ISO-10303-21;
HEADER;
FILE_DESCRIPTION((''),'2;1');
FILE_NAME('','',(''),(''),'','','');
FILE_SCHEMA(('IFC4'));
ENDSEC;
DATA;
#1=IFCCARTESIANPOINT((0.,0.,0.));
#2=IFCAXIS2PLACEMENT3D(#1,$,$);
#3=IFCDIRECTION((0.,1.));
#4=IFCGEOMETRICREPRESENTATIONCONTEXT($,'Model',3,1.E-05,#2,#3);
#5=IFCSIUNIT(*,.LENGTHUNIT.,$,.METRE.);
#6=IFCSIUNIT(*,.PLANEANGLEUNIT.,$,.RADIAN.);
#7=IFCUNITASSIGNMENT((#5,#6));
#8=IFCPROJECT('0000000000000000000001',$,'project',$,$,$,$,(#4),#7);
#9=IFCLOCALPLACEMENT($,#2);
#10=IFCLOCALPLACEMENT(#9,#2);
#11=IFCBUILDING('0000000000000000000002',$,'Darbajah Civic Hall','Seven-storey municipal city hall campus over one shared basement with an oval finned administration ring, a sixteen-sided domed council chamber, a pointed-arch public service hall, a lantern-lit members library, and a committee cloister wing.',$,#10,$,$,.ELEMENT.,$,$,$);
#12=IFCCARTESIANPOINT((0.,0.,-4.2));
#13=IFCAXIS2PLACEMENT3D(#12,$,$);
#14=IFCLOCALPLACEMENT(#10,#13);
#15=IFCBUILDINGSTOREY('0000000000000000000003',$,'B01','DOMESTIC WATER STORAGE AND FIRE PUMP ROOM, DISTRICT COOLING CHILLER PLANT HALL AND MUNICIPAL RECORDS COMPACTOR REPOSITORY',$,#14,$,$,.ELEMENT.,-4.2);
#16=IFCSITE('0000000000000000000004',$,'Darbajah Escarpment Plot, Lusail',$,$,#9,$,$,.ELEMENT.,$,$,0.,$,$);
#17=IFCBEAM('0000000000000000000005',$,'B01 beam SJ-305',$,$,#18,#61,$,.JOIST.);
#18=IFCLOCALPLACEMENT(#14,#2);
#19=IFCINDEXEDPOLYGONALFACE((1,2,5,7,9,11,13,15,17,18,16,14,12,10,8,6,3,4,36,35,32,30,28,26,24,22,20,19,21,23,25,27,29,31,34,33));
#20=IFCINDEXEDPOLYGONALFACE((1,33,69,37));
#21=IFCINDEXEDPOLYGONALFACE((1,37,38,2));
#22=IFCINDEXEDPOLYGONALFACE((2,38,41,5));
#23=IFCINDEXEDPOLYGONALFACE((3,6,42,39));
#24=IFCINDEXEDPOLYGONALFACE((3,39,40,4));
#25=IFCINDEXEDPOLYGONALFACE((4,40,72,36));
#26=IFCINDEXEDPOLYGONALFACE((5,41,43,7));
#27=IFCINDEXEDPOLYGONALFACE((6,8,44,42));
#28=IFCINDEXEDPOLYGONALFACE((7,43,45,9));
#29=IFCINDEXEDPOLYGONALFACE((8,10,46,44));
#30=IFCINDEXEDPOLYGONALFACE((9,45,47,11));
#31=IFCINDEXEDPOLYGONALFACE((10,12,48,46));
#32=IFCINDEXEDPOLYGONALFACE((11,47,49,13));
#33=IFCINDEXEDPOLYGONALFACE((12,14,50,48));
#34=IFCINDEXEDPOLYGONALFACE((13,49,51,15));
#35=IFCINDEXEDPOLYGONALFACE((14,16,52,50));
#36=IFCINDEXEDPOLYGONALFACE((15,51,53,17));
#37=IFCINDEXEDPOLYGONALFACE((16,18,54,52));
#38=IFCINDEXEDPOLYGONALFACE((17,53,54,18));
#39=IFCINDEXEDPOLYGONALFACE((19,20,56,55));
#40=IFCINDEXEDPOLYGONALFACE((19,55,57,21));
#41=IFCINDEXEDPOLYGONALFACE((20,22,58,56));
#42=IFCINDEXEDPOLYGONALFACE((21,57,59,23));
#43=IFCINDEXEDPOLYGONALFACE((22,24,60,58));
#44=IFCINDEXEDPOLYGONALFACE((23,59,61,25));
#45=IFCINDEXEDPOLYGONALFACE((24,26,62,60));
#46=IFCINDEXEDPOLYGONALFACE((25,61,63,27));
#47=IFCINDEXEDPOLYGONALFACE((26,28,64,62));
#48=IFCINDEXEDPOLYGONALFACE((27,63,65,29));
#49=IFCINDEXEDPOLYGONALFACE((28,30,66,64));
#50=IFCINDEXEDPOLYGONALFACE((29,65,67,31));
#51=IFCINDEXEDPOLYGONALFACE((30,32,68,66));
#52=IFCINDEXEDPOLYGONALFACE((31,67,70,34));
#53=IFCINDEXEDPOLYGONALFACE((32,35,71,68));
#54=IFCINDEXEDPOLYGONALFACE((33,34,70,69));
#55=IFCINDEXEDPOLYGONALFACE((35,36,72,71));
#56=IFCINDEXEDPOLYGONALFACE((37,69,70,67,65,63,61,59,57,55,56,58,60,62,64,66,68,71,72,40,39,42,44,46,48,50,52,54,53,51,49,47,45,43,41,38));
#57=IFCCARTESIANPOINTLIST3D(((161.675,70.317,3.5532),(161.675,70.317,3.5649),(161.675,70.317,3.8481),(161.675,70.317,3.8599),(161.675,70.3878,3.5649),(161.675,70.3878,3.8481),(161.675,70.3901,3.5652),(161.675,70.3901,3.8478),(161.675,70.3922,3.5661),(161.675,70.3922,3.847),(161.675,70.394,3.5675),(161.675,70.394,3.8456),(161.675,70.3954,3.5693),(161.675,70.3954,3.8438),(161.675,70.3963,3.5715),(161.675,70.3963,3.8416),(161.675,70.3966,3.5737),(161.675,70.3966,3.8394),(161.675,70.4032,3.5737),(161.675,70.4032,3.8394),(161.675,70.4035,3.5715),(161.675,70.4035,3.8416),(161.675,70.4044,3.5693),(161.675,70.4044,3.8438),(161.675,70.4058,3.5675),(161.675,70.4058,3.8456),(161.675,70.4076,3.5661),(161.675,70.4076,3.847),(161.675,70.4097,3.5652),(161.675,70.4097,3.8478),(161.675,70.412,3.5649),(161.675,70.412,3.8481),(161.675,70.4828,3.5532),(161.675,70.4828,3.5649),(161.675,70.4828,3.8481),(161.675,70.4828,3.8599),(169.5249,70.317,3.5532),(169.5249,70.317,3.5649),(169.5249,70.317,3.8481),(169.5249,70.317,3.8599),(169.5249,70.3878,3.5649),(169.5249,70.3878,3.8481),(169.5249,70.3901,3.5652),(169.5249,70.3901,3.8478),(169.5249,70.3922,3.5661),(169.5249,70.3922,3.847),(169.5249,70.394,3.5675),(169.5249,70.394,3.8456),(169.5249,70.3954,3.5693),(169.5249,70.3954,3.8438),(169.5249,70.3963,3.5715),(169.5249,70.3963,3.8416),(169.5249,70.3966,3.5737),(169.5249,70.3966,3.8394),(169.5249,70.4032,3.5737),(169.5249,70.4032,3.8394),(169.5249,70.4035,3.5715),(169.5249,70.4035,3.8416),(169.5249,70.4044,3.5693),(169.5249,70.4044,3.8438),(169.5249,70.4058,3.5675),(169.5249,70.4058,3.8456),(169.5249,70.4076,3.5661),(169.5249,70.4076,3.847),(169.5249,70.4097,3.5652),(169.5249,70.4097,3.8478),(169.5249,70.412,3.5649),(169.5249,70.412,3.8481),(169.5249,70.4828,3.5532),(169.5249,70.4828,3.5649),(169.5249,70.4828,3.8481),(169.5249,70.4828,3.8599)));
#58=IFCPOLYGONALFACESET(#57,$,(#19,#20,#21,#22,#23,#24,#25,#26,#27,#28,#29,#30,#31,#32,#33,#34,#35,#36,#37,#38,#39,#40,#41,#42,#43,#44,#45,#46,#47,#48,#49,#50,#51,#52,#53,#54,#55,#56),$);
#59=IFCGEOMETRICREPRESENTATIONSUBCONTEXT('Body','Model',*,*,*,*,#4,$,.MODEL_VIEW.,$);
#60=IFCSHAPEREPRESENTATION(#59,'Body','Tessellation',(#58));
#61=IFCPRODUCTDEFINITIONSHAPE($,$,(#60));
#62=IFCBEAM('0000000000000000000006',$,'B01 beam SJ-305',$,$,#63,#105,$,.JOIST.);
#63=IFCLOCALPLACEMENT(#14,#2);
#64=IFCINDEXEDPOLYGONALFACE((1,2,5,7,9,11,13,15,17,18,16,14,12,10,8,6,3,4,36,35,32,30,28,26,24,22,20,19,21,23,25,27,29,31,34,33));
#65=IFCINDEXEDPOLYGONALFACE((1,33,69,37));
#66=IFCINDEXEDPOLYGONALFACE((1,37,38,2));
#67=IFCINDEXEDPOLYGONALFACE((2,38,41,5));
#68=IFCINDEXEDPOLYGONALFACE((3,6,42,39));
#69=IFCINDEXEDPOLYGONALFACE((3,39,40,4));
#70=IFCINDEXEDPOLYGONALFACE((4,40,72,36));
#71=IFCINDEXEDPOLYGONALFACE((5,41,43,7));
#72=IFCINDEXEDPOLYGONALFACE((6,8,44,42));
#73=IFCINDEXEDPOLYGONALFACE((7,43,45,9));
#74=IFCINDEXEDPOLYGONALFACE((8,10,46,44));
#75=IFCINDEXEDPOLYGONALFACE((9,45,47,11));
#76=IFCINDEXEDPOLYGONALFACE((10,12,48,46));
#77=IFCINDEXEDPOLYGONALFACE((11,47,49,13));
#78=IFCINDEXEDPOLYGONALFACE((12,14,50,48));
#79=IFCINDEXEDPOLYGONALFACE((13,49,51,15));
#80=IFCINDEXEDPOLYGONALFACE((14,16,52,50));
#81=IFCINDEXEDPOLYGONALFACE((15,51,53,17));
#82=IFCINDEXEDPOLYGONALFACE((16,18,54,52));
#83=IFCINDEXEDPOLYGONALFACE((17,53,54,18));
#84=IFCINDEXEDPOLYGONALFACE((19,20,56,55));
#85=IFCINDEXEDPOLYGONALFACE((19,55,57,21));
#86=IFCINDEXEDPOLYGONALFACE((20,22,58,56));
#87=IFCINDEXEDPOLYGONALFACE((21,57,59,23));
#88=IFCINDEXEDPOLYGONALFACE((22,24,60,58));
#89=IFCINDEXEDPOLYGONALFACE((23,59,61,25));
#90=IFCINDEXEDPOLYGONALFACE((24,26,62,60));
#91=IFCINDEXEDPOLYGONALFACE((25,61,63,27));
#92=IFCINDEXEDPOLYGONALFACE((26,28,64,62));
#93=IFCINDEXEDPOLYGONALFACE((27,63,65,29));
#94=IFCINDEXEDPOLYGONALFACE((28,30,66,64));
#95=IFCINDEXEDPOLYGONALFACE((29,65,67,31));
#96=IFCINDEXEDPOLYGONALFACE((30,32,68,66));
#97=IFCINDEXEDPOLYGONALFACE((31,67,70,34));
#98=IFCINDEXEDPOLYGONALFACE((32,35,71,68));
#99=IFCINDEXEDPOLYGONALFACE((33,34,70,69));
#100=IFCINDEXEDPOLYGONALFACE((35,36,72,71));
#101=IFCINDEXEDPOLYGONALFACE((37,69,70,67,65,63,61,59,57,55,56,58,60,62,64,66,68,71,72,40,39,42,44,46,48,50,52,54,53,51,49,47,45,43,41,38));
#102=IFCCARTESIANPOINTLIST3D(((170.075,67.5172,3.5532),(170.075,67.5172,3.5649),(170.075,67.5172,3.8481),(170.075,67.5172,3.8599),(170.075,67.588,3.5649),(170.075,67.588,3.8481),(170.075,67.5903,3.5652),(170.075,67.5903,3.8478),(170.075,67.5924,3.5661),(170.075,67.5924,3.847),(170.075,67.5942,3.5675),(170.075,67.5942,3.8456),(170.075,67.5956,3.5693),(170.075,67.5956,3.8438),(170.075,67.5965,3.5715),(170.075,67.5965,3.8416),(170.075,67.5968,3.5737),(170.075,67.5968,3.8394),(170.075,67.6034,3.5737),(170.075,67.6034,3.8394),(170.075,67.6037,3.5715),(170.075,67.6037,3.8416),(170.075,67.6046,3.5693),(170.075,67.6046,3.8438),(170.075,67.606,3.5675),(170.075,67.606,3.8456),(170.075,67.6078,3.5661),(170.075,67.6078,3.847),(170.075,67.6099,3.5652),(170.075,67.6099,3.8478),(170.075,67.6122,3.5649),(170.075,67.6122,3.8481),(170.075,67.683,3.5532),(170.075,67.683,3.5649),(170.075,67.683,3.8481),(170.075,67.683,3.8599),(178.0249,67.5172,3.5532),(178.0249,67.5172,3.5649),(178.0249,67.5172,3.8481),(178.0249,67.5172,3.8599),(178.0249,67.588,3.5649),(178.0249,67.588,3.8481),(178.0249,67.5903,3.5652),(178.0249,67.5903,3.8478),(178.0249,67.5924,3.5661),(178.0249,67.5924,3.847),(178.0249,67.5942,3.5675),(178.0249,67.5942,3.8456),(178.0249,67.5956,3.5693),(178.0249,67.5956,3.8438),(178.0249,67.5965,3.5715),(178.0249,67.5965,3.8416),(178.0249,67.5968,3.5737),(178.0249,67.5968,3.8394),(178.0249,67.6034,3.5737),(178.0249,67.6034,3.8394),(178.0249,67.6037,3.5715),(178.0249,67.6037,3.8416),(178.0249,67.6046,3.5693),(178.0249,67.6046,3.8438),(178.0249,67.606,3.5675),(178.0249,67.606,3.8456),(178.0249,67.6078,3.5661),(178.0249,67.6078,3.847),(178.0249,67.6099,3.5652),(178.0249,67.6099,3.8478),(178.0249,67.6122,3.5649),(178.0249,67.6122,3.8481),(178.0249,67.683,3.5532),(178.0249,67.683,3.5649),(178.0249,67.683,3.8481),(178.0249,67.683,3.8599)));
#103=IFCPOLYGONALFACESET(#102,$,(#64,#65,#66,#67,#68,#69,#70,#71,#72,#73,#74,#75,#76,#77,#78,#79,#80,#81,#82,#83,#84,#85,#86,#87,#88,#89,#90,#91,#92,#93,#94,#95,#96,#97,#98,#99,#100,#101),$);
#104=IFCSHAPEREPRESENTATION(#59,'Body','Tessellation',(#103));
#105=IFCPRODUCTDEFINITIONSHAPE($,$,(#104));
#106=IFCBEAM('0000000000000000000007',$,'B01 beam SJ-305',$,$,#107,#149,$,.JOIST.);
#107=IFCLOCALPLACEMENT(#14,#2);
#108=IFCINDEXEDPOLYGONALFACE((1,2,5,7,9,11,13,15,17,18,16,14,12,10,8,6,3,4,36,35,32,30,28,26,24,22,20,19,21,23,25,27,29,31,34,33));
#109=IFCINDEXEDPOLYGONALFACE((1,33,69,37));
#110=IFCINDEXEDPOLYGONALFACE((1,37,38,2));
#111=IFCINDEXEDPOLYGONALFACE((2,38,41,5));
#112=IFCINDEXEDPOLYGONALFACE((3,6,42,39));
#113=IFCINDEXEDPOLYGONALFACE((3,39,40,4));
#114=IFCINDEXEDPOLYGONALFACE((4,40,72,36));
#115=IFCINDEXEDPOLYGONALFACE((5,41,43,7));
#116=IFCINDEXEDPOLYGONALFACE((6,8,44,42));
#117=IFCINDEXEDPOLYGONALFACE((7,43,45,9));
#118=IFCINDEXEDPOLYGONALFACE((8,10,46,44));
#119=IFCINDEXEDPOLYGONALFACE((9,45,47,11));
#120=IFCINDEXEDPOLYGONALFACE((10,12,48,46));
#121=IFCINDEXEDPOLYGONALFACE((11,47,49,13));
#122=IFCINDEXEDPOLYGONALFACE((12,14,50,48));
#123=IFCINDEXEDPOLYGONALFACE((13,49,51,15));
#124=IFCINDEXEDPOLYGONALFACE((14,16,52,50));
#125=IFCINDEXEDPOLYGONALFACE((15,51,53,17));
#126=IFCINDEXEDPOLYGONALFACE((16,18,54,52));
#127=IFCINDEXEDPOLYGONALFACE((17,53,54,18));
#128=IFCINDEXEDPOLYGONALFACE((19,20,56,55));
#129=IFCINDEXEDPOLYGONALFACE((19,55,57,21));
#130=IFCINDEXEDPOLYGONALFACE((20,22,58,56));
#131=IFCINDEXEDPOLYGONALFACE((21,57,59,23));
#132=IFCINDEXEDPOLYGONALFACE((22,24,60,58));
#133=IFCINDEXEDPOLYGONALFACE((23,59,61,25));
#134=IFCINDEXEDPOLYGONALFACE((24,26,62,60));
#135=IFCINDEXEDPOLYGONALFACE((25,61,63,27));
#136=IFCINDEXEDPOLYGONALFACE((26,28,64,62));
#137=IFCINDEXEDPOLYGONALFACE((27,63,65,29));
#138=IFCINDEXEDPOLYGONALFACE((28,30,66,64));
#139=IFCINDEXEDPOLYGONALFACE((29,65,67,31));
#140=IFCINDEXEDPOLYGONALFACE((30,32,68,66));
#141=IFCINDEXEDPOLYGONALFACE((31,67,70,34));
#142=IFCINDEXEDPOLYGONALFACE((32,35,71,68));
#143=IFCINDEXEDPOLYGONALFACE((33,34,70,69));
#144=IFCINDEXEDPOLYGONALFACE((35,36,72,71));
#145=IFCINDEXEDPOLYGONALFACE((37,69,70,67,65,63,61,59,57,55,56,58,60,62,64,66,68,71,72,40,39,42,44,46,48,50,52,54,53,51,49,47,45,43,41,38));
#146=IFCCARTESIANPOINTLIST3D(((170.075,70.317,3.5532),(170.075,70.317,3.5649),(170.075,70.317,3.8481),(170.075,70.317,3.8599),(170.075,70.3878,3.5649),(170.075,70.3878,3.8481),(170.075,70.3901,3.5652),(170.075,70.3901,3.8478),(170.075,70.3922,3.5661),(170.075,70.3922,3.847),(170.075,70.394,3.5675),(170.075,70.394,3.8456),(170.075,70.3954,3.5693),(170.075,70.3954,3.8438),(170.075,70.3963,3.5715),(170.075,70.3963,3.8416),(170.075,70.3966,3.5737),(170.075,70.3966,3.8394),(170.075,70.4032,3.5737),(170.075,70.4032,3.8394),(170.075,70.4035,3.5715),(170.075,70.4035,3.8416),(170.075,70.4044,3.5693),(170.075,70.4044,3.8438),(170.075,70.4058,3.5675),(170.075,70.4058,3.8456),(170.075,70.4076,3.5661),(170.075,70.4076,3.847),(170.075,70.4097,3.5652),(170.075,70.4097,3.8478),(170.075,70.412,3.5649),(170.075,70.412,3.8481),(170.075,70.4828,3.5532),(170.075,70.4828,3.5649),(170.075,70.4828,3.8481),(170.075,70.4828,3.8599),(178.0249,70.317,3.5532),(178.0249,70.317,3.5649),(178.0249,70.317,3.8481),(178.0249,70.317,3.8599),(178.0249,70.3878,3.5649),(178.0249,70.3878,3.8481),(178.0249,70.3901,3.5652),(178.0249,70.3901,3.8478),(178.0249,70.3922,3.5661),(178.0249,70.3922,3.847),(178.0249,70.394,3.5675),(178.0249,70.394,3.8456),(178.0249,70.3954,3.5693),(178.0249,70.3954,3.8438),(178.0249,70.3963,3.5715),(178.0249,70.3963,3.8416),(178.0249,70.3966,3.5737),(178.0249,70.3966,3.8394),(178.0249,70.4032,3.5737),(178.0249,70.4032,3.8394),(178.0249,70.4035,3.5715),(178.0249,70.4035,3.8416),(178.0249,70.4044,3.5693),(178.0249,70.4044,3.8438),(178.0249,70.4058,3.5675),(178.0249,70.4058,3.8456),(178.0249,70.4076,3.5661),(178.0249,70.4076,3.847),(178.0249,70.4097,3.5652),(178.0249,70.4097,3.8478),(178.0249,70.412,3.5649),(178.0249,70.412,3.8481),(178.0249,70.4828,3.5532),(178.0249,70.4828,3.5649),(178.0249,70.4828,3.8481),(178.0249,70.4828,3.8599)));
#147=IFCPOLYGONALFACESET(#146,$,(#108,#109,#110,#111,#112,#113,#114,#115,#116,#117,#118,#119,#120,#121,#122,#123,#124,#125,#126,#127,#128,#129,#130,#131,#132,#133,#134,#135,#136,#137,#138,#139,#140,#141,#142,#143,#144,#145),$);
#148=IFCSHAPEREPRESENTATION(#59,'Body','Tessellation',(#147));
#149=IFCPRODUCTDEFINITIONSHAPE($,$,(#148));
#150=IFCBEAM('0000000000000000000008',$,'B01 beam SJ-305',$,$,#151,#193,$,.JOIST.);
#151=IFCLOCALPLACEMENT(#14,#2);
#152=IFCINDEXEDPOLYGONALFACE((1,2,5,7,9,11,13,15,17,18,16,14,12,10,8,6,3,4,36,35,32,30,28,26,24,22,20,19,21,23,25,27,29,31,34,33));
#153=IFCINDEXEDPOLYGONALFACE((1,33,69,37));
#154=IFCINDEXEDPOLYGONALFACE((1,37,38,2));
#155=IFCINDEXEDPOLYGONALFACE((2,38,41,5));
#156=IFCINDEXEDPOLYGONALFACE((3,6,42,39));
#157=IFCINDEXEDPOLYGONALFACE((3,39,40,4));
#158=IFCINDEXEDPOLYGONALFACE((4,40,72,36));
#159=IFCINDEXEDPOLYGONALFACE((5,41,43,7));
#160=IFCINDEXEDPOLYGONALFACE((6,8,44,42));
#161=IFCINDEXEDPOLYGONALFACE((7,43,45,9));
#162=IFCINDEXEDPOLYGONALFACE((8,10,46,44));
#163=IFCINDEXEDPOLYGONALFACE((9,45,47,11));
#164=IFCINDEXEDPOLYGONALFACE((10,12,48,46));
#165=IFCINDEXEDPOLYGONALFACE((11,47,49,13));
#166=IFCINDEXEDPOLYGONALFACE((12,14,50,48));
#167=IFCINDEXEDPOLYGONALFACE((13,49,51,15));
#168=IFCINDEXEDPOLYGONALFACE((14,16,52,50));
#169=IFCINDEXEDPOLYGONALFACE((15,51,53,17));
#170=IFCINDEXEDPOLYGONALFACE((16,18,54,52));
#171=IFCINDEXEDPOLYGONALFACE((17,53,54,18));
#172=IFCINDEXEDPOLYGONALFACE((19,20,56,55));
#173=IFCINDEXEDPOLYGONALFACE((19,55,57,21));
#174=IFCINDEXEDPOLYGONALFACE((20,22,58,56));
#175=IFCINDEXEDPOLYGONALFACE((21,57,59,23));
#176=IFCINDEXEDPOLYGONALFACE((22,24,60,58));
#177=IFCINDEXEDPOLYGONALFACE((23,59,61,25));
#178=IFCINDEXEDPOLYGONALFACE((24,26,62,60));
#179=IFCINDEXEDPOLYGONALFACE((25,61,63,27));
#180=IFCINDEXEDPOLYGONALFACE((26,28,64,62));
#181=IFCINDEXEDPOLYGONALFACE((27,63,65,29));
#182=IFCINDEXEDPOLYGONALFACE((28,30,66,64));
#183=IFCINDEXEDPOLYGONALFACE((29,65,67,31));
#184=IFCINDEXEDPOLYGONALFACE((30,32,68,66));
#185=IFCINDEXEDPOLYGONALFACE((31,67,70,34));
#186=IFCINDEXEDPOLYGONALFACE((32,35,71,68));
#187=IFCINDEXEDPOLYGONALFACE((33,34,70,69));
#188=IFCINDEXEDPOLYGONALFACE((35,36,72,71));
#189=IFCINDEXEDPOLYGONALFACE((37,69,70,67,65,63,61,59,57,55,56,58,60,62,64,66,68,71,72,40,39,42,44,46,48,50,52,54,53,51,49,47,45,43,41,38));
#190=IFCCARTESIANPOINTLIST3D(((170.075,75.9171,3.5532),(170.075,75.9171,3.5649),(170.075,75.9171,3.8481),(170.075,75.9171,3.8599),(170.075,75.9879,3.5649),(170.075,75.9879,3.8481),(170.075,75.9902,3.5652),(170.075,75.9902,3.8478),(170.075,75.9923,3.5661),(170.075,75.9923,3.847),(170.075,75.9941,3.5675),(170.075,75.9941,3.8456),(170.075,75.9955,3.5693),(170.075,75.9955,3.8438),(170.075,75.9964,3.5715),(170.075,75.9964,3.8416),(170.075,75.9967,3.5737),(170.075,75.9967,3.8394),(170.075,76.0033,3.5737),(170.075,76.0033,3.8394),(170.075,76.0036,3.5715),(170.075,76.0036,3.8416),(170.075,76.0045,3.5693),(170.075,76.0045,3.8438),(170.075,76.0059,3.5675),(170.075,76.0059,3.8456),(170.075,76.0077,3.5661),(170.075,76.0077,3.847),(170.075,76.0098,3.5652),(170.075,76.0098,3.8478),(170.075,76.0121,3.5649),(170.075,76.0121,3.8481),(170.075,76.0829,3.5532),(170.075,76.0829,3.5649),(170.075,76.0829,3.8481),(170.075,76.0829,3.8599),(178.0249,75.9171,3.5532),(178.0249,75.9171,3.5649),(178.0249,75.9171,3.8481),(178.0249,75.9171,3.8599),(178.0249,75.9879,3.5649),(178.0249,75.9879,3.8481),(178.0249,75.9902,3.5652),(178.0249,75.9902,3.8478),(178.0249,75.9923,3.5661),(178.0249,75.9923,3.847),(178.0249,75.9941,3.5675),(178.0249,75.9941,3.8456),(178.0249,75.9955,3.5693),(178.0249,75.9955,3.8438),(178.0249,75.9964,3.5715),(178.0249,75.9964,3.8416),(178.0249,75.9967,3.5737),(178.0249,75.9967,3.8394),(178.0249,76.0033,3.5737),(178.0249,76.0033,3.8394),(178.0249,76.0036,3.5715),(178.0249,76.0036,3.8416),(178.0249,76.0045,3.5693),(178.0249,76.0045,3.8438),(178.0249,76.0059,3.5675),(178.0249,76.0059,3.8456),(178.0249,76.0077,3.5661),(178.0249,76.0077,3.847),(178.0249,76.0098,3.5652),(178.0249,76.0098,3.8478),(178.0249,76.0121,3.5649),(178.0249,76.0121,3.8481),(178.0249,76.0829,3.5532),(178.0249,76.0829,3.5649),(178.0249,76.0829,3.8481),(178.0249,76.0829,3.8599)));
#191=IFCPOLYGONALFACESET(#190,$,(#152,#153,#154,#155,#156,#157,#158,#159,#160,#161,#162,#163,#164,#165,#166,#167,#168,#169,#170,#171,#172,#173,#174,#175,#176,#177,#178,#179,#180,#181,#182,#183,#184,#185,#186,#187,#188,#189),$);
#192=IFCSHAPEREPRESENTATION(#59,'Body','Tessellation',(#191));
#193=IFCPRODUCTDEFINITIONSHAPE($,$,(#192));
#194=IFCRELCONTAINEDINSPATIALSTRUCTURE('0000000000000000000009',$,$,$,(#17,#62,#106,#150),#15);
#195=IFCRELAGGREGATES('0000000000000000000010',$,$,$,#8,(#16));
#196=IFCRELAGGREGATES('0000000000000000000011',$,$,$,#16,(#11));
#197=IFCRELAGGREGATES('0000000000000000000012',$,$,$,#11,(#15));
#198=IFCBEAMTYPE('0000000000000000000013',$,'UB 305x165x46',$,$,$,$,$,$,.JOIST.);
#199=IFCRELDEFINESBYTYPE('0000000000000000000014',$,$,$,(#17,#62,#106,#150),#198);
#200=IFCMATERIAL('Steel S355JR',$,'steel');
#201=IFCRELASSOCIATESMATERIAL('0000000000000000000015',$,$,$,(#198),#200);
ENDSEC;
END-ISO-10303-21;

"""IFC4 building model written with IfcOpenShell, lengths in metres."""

from ifc_helpers import new_model, si_unit, direction, frame, origin, origin_2d, place, context, subcontext, project, spatial, i_section, extrude, material, material_profile, profile_set, type_object, element, save


model = new_model("IFC4")

# Units and contexts
model_context = context("Model", 3, precision=1e-05, world=origin(), true_north=direction((0.0, 1.0)))
body_context = subcontext(model_context, "Body", "Model", "MODEL_VIEW")
ifc_project = project(units=[si_unit("LENGTHUNIT", "METRE"), si_unit("PLANEANGLEUNIT", "RADIAN")], contexts=[model_context])

# Site, building, storey
site_placement = place(None, origin())
site = spatial("IfcSite", under=ifc_project, at=site_placement, Name="Darbajah Escarpment Plot, Lusail", CompositionType="ELEMENT", RefElevation=0.0)
building_placement = place(site_placement, origin())
building = spatial("IfcBuilding", under=site, at=building_placement, Name="Darbajah Civic Hall", Description="Seven-storey municipal city hall campus over one shared basement with an oval finned administration ring, a sixteen-sided domed council chamber, a pointed-arch public service hall, a lantern-lit members library, and a committee cloister wing.", CompositionType="ELEMENT")
storey_placement = place(building_placement, frame((0.0, 0.0, -4.2)))
storey = spatial("IfcBuildingStorey", under=building, at=storey_placement, Name="B01", Description="DOMESTIC WATER STORAGE AND FIRE PUMP ROOM, DISTRICT COOLING CHILLER PLANT HALL AND MUNICIPAL RECORDS COMPACTOR REPOSITORY", CompositionType="ELEMENT", Elevation=-4.2)

# Beams
ifc_material_1 = material(Name="Steel S355JR", Category="steel")
ifc_material_profile_1 = material_profile(ifc_material_1, i_section(OverallWidth=0.1658, OverallDepth=0.3066, WebThickness=0.0066, FlangeThickness=0.0117, FilletRadius=0.0088, at=origin_2d()), Name="UB 305x165x46")
ifc_profile_set_1 = profile_set([ifc_material_profile_1], Name="Steel S355JR")
beam_type_1 = type_object("IfcBeamType", Name="UB 305x165x46", PredefinedType="JOIST", material=ifc_profile_set_1)
for number, where, z_axis, x_axis, name in (
    (1, (161.675, 70.3999, 3.7065), (1.0, 0.0, 0.0), (0.0, 1.0, 0.0), "B01 beam SJ-305"),
):
    element("IfcBeam", number, at=place(storey_placement, frame(where, z_axis=z_axis, x_axis=x_axis)), inside=storey, type_object=beam_type_1, Name=name, PredefinedType="JOIST", context=body_context, shape_type="SweptSolid", body=[
        extrude(i_section(OverallWidth=0.1658, OverallDepth=0.3066, WebThickness=0.0066, FlangeThickness=0.0117, FilletRadius=0.0088, at=origin_2d()), origin(), (0.0, 0.0, 1.0), 7.8499),
    ])
for number, where, z_axis, x_axis, name in (
    (2, (170.075, 67.6001, 3.7065), (1.0, 0.0, 0.0), (0.0, 1.0, 0.0), "B01 beam SJ-305"),
    (3, (170.075, 70.3999, 3.7065), (1.0, 0.0, 0.0), (0.0, 1.0, 0.0), "B01 beam SJ-305"),
    (4, (170.075, 76.0, 3.7065), (1.0, 0.0, 0.0), (0.0, 1.0, 0.0), "B01 beam SJ-305"),
):
    element("IfcBeam", number, at=place(storey_placement, frame(where, z_axis=z_axis, x_axis=x_axis)), inside=storey, type_object=beam_type_1, Name=name, PredefinedType="JOIST", context=body_context, shape_type="SweptSolid", body=[
        extrude(i_section(OverallWidth=0.1658, OverallDepth=0.3066, WebThickness=0.0066, FlangeThickness=0.0117, FilletRadius=0.0088, at=origin_2d()), origin(), (0.0, 0.0, 1.0), 7.95),
    ])

save(model, "model.ifc")
